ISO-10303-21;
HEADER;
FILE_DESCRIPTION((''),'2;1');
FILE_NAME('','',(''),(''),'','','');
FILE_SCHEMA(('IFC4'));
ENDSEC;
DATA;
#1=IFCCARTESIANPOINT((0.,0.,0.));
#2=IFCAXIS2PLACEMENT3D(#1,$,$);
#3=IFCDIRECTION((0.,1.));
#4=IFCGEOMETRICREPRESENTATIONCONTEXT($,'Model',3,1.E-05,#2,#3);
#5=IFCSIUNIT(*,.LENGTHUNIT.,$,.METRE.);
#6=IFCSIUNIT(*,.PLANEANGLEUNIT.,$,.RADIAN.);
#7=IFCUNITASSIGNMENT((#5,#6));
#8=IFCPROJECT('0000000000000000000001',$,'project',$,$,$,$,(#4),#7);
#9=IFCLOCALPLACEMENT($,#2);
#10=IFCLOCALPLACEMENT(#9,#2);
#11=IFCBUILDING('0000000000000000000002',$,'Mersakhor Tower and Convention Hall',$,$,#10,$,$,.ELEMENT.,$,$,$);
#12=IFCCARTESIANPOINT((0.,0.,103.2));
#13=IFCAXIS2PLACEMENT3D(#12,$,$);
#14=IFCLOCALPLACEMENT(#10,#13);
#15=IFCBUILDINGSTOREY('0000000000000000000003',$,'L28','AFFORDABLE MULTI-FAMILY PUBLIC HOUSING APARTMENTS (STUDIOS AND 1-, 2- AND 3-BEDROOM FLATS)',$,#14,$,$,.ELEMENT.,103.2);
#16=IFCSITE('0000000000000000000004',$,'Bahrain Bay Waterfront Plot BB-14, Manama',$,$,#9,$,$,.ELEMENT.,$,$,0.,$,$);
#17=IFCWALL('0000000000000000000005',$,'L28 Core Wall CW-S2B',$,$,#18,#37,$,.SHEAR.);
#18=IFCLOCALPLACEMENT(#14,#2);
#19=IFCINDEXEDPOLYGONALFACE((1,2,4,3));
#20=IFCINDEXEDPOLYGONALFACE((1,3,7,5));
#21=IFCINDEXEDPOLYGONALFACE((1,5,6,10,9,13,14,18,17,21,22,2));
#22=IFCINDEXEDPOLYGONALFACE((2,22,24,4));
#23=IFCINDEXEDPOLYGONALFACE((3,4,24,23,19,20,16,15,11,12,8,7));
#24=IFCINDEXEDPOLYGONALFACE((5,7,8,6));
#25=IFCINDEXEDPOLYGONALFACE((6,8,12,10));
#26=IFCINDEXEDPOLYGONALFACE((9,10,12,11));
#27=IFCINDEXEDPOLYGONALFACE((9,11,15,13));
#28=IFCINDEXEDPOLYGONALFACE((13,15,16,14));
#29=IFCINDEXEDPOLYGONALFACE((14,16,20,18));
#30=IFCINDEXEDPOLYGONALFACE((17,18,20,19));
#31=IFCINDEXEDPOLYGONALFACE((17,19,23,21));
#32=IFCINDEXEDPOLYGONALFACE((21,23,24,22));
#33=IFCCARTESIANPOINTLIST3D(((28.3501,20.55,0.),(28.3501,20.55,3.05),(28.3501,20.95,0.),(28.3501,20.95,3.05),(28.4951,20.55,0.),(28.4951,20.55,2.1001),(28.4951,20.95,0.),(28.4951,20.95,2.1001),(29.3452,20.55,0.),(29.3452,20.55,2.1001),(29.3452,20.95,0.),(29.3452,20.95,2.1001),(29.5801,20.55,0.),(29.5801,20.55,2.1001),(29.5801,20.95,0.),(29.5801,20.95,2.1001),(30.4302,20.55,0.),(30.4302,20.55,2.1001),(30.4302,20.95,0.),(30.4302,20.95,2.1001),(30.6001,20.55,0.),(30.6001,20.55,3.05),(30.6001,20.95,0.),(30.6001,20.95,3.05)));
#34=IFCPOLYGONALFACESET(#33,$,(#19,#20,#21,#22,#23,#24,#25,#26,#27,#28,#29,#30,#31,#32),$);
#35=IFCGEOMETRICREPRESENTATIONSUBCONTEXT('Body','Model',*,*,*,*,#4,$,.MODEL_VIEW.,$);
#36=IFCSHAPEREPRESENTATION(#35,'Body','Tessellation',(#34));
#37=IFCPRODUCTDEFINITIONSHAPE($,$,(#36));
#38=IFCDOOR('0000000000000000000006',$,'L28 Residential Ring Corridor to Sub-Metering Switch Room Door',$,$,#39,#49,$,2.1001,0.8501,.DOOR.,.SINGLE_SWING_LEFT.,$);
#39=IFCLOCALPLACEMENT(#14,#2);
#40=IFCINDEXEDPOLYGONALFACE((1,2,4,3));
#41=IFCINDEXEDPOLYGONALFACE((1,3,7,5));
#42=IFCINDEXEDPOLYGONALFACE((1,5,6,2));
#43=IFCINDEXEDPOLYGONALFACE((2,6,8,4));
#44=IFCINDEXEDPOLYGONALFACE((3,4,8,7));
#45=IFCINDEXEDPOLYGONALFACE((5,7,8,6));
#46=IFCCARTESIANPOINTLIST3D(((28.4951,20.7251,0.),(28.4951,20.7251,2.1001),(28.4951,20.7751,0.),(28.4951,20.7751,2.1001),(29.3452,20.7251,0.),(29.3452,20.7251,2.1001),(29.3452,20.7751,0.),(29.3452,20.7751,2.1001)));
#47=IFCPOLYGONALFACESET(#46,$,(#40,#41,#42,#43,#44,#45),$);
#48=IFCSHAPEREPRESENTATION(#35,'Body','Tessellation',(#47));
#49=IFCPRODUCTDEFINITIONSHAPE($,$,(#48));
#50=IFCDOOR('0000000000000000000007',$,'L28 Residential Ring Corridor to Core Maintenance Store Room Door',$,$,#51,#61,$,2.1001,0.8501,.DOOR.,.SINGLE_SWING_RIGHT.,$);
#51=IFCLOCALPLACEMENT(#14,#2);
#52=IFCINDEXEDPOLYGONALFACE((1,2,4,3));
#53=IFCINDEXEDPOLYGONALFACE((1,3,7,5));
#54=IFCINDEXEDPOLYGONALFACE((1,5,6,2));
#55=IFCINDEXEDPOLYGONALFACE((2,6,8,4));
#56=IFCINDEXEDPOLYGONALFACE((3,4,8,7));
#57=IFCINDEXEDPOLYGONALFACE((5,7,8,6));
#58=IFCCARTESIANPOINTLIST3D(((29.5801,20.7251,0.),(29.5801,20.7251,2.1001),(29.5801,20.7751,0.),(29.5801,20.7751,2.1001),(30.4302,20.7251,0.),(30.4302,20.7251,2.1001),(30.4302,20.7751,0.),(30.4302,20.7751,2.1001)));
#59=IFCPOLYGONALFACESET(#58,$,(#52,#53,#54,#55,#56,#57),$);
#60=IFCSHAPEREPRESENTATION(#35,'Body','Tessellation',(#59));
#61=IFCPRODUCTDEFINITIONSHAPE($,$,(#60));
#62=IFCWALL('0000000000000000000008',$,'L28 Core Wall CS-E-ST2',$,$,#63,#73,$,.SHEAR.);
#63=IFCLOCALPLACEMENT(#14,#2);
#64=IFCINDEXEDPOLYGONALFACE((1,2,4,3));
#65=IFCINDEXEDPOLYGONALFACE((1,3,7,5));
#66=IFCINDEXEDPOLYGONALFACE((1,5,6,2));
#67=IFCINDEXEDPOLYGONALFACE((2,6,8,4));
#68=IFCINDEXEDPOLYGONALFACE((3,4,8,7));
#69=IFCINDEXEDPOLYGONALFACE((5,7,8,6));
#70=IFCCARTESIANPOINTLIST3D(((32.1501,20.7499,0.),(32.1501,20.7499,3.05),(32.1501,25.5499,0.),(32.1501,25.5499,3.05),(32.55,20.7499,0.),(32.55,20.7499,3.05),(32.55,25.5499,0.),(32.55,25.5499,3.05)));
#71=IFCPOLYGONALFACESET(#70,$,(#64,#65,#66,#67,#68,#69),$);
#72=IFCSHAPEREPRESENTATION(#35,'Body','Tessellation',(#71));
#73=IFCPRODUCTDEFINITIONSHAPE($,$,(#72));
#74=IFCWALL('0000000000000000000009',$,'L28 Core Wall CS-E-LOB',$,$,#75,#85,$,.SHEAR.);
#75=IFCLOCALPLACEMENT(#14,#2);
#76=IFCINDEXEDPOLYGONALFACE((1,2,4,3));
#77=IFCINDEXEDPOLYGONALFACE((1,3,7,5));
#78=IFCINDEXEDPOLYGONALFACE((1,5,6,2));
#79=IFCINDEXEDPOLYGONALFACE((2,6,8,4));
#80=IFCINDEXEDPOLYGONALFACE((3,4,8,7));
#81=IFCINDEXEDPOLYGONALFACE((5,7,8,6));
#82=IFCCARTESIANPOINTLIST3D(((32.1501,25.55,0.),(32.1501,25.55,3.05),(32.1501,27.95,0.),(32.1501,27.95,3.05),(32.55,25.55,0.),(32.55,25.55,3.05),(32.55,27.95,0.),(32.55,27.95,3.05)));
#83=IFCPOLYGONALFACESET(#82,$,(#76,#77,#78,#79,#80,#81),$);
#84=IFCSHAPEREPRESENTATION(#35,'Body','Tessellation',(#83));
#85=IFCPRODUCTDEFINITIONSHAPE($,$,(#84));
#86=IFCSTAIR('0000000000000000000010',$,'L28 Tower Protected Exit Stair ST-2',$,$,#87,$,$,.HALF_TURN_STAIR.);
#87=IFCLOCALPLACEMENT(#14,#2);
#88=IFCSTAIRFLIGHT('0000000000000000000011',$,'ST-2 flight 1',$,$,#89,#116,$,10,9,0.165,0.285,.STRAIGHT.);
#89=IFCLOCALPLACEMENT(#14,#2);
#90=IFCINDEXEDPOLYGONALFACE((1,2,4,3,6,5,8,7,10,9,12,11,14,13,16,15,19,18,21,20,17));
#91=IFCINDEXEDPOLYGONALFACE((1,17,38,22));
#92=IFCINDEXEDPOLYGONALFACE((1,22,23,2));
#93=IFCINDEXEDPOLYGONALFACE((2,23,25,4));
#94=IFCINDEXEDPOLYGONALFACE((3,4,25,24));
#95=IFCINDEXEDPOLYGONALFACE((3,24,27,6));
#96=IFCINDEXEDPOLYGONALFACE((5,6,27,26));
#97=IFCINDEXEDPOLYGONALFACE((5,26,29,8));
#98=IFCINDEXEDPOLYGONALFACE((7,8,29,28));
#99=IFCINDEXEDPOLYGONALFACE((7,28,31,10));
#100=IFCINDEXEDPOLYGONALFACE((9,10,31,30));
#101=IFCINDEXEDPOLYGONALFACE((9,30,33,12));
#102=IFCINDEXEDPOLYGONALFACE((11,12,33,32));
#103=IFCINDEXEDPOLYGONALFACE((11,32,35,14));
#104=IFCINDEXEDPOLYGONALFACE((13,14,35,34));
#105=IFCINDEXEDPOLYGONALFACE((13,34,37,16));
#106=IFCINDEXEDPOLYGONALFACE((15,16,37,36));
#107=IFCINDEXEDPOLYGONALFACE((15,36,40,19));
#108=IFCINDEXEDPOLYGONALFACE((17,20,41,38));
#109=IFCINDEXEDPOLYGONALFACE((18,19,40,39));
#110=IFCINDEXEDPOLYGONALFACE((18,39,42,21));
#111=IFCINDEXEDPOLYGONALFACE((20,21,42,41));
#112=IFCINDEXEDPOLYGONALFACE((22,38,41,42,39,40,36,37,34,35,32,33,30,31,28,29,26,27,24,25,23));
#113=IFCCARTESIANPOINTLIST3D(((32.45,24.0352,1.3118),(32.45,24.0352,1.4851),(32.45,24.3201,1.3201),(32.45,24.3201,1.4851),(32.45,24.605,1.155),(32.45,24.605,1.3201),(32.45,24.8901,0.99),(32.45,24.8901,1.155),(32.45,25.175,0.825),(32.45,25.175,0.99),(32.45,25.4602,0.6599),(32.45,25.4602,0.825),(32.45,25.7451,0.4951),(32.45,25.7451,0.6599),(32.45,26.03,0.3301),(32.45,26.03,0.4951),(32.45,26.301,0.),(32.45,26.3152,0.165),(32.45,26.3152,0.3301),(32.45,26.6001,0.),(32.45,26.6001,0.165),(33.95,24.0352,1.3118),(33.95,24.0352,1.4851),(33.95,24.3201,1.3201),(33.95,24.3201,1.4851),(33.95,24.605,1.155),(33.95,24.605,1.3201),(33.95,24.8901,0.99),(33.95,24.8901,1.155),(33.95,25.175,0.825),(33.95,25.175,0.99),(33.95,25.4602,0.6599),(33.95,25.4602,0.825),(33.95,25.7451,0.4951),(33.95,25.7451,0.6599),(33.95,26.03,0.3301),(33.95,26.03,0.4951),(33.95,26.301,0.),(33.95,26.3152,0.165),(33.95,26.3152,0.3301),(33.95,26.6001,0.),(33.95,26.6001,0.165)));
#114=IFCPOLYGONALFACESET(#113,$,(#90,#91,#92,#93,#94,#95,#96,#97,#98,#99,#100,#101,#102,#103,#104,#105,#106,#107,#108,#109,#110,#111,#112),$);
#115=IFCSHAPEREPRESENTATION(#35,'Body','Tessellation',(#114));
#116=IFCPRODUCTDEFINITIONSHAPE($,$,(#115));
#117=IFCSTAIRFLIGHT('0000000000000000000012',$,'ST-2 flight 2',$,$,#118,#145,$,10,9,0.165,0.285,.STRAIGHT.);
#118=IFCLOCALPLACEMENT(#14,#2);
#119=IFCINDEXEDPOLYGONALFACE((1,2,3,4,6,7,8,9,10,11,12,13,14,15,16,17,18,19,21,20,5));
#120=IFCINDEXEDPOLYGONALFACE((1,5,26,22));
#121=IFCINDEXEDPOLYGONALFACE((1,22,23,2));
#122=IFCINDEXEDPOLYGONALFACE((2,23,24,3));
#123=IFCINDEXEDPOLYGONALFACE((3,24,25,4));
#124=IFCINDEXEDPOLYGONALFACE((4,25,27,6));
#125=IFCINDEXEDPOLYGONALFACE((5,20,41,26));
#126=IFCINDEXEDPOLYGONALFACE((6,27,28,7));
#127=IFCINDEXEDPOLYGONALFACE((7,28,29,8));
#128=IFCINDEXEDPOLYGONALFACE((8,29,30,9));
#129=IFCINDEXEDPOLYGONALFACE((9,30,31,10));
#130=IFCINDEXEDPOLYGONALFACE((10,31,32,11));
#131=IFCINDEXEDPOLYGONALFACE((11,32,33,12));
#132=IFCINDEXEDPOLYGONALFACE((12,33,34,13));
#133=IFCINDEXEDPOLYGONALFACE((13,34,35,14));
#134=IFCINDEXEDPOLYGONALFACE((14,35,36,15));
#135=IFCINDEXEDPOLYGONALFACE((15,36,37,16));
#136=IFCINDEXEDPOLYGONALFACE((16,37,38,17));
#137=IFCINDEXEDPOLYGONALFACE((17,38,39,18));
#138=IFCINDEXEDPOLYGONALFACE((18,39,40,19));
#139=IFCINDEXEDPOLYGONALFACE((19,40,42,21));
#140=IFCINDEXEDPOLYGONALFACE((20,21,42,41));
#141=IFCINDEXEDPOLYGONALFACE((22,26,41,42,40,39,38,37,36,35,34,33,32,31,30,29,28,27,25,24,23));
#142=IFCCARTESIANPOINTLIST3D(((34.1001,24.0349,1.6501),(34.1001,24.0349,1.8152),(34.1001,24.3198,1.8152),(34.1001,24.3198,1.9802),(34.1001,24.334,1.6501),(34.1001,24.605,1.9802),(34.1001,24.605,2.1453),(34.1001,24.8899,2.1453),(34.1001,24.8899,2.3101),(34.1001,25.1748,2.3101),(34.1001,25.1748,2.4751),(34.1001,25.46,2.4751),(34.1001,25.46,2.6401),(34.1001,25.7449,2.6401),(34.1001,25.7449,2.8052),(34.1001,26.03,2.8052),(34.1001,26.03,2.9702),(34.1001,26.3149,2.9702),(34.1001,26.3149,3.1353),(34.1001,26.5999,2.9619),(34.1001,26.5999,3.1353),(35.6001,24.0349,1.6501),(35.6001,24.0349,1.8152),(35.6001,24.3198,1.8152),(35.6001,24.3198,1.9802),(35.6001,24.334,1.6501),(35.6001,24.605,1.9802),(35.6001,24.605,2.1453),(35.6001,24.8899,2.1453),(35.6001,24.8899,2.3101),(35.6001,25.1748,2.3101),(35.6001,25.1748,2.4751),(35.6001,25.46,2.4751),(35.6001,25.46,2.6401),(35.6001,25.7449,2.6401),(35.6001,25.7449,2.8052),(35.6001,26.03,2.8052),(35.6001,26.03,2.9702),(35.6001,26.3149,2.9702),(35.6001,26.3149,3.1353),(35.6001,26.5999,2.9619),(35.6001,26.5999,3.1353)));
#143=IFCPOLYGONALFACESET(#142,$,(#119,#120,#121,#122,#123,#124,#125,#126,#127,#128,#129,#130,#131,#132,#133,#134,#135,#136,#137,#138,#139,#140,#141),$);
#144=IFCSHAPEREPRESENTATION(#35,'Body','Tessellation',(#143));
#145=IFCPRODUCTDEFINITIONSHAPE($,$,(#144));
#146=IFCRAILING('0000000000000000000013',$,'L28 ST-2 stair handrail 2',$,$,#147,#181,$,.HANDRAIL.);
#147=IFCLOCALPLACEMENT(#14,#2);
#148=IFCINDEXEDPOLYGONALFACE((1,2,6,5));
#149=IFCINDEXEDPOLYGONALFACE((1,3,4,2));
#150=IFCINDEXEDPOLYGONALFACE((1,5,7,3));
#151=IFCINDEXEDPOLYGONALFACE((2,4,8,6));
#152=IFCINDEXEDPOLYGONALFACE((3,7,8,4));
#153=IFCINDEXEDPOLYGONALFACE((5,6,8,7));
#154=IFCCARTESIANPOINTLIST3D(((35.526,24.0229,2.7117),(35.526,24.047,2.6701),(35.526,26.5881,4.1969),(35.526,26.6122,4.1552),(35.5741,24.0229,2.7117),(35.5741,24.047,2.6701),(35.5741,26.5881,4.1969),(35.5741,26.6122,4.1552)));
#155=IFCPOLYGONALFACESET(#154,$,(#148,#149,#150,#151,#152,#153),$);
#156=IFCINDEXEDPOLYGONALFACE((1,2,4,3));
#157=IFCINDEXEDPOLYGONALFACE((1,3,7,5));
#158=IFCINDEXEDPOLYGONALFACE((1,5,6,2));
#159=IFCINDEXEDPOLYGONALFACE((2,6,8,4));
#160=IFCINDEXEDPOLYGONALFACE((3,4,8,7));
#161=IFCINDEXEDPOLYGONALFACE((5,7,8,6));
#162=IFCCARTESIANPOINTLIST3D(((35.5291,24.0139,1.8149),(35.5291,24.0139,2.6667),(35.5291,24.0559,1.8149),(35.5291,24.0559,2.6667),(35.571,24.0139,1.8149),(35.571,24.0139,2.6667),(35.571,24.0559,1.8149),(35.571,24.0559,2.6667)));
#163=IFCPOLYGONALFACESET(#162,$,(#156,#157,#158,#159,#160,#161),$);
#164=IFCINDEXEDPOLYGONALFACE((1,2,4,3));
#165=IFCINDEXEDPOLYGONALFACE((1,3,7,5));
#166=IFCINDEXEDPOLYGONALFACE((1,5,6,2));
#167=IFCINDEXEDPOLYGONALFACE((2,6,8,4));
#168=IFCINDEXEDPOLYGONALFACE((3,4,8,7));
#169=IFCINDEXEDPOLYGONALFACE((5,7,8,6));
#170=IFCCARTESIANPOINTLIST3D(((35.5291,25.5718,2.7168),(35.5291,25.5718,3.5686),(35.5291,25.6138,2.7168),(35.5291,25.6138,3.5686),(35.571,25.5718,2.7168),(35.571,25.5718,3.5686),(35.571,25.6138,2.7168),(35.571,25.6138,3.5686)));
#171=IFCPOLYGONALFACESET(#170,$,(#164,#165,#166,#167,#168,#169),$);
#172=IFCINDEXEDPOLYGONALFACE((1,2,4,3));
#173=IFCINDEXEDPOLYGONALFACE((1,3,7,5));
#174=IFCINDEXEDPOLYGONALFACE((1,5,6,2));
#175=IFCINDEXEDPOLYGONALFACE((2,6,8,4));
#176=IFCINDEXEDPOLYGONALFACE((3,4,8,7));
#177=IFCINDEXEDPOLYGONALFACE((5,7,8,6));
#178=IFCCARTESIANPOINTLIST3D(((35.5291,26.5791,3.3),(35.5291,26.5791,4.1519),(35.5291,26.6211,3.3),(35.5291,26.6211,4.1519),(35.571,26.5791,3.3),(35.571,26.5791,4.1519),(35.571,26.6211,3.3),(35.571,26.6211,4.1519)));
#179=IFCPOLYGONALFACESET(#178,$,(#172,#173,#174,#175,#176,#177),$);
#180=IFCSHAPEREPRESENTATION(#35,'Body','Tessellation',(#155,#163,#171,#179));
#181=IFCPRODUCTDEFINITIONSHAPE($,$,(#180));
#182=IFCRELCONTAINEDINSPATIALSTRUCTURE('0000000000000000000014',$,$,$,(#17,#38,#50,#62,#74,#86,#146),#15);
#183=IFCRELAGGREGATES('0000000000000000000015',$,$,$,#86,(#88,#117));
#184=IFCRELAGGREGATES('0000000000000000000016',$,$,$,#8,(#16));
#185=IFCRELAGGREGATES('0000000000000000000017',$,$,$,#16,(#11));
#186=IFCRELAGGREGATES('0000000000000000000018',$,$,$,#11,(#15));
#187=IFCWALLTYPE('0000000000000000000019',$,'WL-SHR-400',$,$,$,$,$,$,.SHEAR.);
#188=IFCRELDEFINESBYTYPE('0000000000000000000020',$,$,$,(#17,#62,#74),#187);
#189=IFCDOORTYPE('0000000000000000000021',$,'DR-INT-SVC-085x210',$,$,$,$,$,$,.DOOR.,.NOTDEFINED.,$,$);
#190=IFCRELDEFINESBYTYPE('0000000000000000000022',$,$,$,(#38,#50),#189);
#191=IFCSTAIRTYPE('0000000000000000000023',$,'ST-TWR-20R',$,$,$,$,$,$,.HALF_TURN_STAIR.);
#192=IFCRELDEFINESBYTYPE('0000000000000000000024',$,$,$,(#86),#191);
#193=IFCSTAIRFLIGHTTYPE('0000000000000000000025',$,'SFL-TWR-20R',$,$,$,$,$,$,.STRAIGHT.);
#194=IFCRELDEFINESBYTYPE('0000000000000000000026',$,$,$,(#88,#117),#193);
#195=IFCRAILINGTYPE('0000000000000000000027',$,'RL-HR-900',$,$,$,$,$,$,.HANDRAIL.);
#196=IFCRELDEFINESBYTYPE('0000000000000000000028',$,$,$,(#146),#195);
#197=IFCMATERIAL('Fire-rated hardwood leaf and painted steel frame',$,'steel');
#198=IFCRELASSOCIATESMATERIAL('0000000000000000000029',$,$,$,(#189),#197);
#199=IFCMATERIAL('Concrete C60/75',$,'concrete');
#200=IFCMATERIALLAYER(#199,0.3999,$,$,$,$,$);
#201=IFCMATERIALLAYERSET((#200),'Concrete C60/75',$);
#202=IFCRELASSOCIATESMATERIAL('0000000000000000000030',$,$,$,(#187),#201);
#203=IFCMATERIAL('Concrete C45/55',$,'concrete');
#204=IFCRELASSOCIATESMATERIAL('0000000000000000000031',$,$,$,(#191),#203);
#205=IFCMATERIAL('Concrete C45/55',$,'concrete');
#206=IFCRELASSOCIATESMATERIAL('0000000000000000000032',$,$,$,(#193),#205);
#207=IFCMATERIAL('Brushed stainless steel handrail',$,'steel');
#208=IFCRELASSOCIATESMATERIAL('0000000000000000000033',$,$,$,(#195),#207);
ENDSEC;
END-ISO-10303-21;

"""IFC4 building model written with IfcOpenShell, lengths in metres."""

from ifc_helpers import new_model, si_unit, direction, frame, frame_2d, origin, origin_2d, place, context, subcontext, project, spatial, polyline, rectangle, outline, extrude, material, layer, layer_set, type_object, element, fill, aggregate, save


model = new_model("IFC4")

# Units and contexts
model_context = context("Model", 3, precision=1e-05, world=origin(), true_north=direction((0.0, 1.0)))
body_context = subcontext(model_context, "Body", "Model", "MODEL_VIEW")
ifc_project = project(units=[si_unit("LENGTHUNIT", "METRE"), si_unit("PLANEANGLEUNIT", "RADIAN")], contexts=[model_context])

# Site, building, storey
site_placement = place(None, origin())
site = spatial("IfcSite", under=ifc_project, at=site_placement, Name="Bahrain Bay Waterfront Plot BB-14, Manama", CompositionType="ELEMENT", RefElevation=0.0)
building_placement = place(site_placement, origin())
building = spatial("IfcBuilding", under=site, at=building_placement, Name="Mersakhor Tower and Convention Hall", CompositionType="ELEMENT")
storey_placement = place(building_placement, frame((0.0, 0.0, 103.2)))
storey = spatial("IfcBuildingStorey", under=building, at=storey_placement, Name="L28", Description="AFFORDABLE MULTI-FAMILY PUBLIC HOUSING APARTMENTS (STUDIOS AND 1-, 2- AND 3-BEDROOM FLATS)", CompositionType="ELEMENT", Elevation=103.2)

# Shared definitions
ifc_material_1 = material(Name="Fire-rated hardwood leaf and painted steel frame", Category="steel")
door_type_1 = type_object("IfcDoorType", Name="DR-INT-SVC-085x210", OperationType="NOTDEFINED", PredefinedType="DOOR", material=ifc_material_1)

# Shared definitions
ifc_material_2 = material(Name="Concrete C60/75", Category="concrete")
ifc_layer_1 = layer(ifc_material_2, 0.3999)
ifc_layer_set_1 = layer_set([ifc_layer_1], Name="Concrete C60/75")
wall_type_1 = type_object("IfcWallType", Name="WL-SHR-400", PredefinedType="SHEAR", material=ifc_layer_set_1)

# Wall, openings, doors
wall_1_placement = place(storey_placement, frame((30.6001, 20.75, 0.0), z_axis=(0.0, 0.0, 1.0), x_axis=(-1.0, 0.0, 0.0)))
wall_1 = element("IfcWall", 1, at=wall_1_placement, inside=storey, type_object=wall_type_1, Name="L28 Core Wall CW-S2B", PredefinedType="SHEAR", context=body_context, shape_type="SweptSolid", body=[
    extrude(rectangle(XDim=2.25, YDim=0.3999, at=frame_2d((1.125, 0.0))), origin(), (0.0, 0.0, 1.0), 3.05),
])
opening_1_placement = place(wall_1_placement, frame((1.2549, 0.0, 0.0)))
opening_1 = element("IfcOpeningElement", 2, at=opening_1_placement, cuts=wall_1, PredefinedType="OPENING", context=body_context, shape_type="SweptSolid", body=[
    extrude(rectangle(XDim=0.8501, YDim=2.1001, at=frame_2d((0.425, 1.05))), frame((0.0, 0.21, 0.0), z_axis=(0.0, -1.0, 0.0), x_axis=(1.0, 0.0, 0.0)), (0.0, 0.0, 1.0), 0.4199),
])
opening_2_placement = place(wall_1_placement, frame((0.1699, 0.0, 0.0)))
opening_2 = element("IfcOpeningElement", 3, at=opening_2_placement, cuts=wall_1, PredefinedType="OPENING", context=body_context, shape_type="SweptSolid", body=[
    extrude(rectangle(XDim=0.8501, YDim=2.1001, at=frame_2d((0.425, 1.05))), frame((0.0, 0.21, 0.0), z_axis=(0.0, -1.0, 0.0), x_axis=(1.0, 0.0, 0.0)), (0.0, 0.0, 1.0), 0.4199),
])
door_1_placement = place(opening_1_placement, origin())
door_1 = element("IfcDoor", 4, at=door_1_placement, inside=storey, type_object=door_type_1, Name="L28 Residential Ring Corridor to Sub-Metering Switch Room Door", OperationType="SINGLE_SWING_LEFT", OverallHeight=2.1001, OverallWidth=0.8501, PredefinedType="DOOR", context=body_context, shape_type="SweptSolid", body=[
    extrude(rectangle(XDim=0.8501, YDim=2.1001, at=frame_2d((0.425, 1.05))), frame((0.0, 0.0249, 0.0), z_axis=(0.0, -1.0, 0.0), x_axis=(1.0, 0.0, 0.0)), (0.0, 0.0, 1.0), 0.05),
])
fill(opening_1, door_1)
door_2_placement = place(opening_2_placement, origin())
door_2 = element("IfcDoor", 5, at=door_2_placement, inside=storey, type_object=door_type_1, Name="L28 Residential Ring Corridor to Core Maintenance Store Room Door", OperationType="SINGLE_SWING_RIGHT", OverallHeight=2.1001, OverallWidth=0.8501, PredefinedType="DOOR", context=body_context, shape_type="SweptSolid", body=[
    extrude(rectangle(XDim=0.8501, YDim=2.1001, at=frame_2d((0.425, 1.05))), frame((0.0, 0.0249, 0.0), z_axis=(0.0, -1.0, 0.0), x_axis=(1.0, 0.0, 0.0)), (0.0, 0.0, 1.0), 0.05),
])
fill(opening_2, door_2)

# Walls
wall_2_placement = place(storey_placement, frame((32.3501, 20.75, 0.0), z_axis=(0.0, 0.0, 1.0), x_axis=(0.0, 1.0, 0.0)))
element("IfcWall", 6, at=wall_2_placement, inside=storey, type_object=wall_type_1, Name="L28 Core Wall CS-E-ST2", PredefinedType="SHEAR", context=body_context, shape_type="SweptSolid", body=[
    extrude(rectangle(XDim=4.8, YDim=0.3999, at=frame_2d((2.3999, 0.0))), origin(), (0.0, 0.0, 1.0), 3.05),
])
wall_3_placement = place(storey_placement, frame((32.3501, 25.55, 0.0), z_axis=(0.0, 0.0, 1.0), x_axis=(0.0, 1.0, 0.0)))
element("IfcWall", 7, at=wall_3_placement, inside=storey, type_object=wall_type_1, Name="L28 Core Wall CS-E-LOB", PredefinedType="SHEAR", context=body_context, shape_type="SweptSolid", body=[
    extrude(rectangle(XDim=2.3999, YDim=0.3999, at=frame_2d((1.2, 0.0))), origin(), (0.0, 0.0, 1.0), 3.05),
])

# Stair, stair flights
ifc_material_3 = material(Name="Concrete C45/55", Category="concrete")
stair_type = type_object("IfcStairType", Name="ST-TWR-20R", PredefinedType="HALF_TURN_STAIR", material=ifc_material_3)
stair_placement = place(storey_placement, origin())
stair = element("IfcStair", 8, at=stair_placement, inside=storey, type_object=stair_type, Name="L28 Tower Protected Exit Stair ST-2", PredefinedType="HALF_TURN_STAIR")
ifc_material_4 = material(Name="Concrete C45/55", Category="concrete")
stair_flight_type = type_object("IfcStairFlightType", Name="SFL-TWR-20R", PredefinedType="STRAIGHT", material=ifc_material_4)
stair_flight_1_placement = place(storey_placement, frame((33.2, 26.6001, 0.0), z_axis=(0.0, 0.0, 1.0), x_axis=(0.0, -1.0, 0.0)))
stair_flight_1 = element("IfcStairFlight", 9, at=stair_flight_1_placement, type_object=stair_flight_type, Name="ST-2 flight 1", NumberOfRisers=10, NumberOfTreads=9, PredefinedType="STRAIGHT", RiserHeight=0.165, TreadLength=0.285, context=body_context, shape_type="SweptSolid", body=[
    extrude(outline(polyline([(0.0, 0.0), (0.0, 0.165), (0.2849, 0.165), (0.2849, 0.3301), (0.5701, 0.3301), (0.5701, 0.4951), (0.855, 0.4951), (0.855, 0.6599), (1.1399, 0.6599), (1.1399, 0.825), (1.425, 0.825), (1.425, 0.99), (1.71, 0.99), (1.71, 1.155), (1.9951, 1.155), (1.9951, 1.3201), (2.28, 1.3201), (2.28, 1.4851), (2.5649, 1.4851), (2.5649, 1.6499), (2.5649, 1.3118), (0.2991, 0.0), (0.0, 0.0)])), frame((0.0, 0.75, 0.0), z_axis=(0.0, -1.0, 0.0), x_axis=(1.0, 0.0, 0.0)), (0.0, 0.0, 1.0), 1.5),
])
stair_flight_2_placement = place(storey_placement, frame((34.8501, 24.0349, 1.6501), z_axis=(0.0, 0.0, 1.0), x_axis=(0.0, 1.0, 0.0)))
stair_flight_2 = element("IfcStairFlight", 10, at=stair_flight_2_placement, type_object=stair_flight_type, Name="ST-2 flight 2", NumberOfRisers=10, NumberOfTreads=9, PredefinedType="STRAIGHT", RiserHeight=0.165, TreadLength=0.285, context=body_context, shape_type="SweptSolid", body=[
    extrude(outline(polyline([(0.0, 0.0), (0.0, 0.165), (0.2849, 0.165), (0.2849, 0.3301), (0.5701, 0.3301), (0.5701, 0.4951), (0.855, 0.4951), (0.855, 0.6599), (1.1399, 0.6599), (1.1399, 0.825), (1.425, 0.825), (1.425, 0.99), (1.71, 0.99), (1.71, 1.155), (1.9951, 1.155), (1.9951, 1.3201), (2.28, 1.3201), (2.28, 1.4851), (2.5649, 1.4851), (2.5649, 1.6499), (2.5649, 1.3118), (0.2991, 0.0), (0.0, 0.0)])), frame((0.0, 0.75, 0.0), z_axis=(0.0, -1.0, 0.0), x_axis=(1.0, 0.0, 0.0)), (0.0, 0.0, 1.0), 1.5),
])
aggregate(stair, [stair_flight_1, stair_flight_2])

# Railing
ifc_material_5 = material(Name="Brushed stainless steel handrail", Category="steel")
railing_type_1 = type_object("IfcRailingType", Name="RL-HR-900", PredefinedType="HANDRAIL", material=ifc_material_5)
railing_1_placement = place(storey_placement, frame((35.55, 24.0349, 1.8149)))
element("IfcRailing", 11, at=railing_1_placement, inside=storey, type_object=railing_type_1, Name="L28 ST-2 stair handrail 2", PredefinedType="HANDRAIL", context=body_context, shape_type="SweptSolid", body=[
    extrude(rectangle(XDim=0.0481, YDim=0.0481, at=origin_2d()), frame((0.0, 0.0, 0.876), z_axis=(0.0, 0.865426, 0.501036), x_axis=(-1.0, 0.0, 0.0)), (0.0, 0.0, 1.0), 2.9641),
    extrude(rectangle(XDim=0.042, YDim=0.042, at=origin_2d()), origin(), (0.0, 0.0, 1.0), 0.8518),
    extrude(rectangle(XDim=0.042, YDim=0.042, at=origin_2d()), frame((0.0, 1.5579, 0.9019)), (0.0, 0.0, 1.0), 0.8518),
    extrude(rectangle(XDim=0.042, YDim=0.042, at=origin_2d()), frame((0.0, 2.5652, 1.4851)), (0.0, 0.0, 1.0), 0.8518),
])

save(model, "model.ifc")
